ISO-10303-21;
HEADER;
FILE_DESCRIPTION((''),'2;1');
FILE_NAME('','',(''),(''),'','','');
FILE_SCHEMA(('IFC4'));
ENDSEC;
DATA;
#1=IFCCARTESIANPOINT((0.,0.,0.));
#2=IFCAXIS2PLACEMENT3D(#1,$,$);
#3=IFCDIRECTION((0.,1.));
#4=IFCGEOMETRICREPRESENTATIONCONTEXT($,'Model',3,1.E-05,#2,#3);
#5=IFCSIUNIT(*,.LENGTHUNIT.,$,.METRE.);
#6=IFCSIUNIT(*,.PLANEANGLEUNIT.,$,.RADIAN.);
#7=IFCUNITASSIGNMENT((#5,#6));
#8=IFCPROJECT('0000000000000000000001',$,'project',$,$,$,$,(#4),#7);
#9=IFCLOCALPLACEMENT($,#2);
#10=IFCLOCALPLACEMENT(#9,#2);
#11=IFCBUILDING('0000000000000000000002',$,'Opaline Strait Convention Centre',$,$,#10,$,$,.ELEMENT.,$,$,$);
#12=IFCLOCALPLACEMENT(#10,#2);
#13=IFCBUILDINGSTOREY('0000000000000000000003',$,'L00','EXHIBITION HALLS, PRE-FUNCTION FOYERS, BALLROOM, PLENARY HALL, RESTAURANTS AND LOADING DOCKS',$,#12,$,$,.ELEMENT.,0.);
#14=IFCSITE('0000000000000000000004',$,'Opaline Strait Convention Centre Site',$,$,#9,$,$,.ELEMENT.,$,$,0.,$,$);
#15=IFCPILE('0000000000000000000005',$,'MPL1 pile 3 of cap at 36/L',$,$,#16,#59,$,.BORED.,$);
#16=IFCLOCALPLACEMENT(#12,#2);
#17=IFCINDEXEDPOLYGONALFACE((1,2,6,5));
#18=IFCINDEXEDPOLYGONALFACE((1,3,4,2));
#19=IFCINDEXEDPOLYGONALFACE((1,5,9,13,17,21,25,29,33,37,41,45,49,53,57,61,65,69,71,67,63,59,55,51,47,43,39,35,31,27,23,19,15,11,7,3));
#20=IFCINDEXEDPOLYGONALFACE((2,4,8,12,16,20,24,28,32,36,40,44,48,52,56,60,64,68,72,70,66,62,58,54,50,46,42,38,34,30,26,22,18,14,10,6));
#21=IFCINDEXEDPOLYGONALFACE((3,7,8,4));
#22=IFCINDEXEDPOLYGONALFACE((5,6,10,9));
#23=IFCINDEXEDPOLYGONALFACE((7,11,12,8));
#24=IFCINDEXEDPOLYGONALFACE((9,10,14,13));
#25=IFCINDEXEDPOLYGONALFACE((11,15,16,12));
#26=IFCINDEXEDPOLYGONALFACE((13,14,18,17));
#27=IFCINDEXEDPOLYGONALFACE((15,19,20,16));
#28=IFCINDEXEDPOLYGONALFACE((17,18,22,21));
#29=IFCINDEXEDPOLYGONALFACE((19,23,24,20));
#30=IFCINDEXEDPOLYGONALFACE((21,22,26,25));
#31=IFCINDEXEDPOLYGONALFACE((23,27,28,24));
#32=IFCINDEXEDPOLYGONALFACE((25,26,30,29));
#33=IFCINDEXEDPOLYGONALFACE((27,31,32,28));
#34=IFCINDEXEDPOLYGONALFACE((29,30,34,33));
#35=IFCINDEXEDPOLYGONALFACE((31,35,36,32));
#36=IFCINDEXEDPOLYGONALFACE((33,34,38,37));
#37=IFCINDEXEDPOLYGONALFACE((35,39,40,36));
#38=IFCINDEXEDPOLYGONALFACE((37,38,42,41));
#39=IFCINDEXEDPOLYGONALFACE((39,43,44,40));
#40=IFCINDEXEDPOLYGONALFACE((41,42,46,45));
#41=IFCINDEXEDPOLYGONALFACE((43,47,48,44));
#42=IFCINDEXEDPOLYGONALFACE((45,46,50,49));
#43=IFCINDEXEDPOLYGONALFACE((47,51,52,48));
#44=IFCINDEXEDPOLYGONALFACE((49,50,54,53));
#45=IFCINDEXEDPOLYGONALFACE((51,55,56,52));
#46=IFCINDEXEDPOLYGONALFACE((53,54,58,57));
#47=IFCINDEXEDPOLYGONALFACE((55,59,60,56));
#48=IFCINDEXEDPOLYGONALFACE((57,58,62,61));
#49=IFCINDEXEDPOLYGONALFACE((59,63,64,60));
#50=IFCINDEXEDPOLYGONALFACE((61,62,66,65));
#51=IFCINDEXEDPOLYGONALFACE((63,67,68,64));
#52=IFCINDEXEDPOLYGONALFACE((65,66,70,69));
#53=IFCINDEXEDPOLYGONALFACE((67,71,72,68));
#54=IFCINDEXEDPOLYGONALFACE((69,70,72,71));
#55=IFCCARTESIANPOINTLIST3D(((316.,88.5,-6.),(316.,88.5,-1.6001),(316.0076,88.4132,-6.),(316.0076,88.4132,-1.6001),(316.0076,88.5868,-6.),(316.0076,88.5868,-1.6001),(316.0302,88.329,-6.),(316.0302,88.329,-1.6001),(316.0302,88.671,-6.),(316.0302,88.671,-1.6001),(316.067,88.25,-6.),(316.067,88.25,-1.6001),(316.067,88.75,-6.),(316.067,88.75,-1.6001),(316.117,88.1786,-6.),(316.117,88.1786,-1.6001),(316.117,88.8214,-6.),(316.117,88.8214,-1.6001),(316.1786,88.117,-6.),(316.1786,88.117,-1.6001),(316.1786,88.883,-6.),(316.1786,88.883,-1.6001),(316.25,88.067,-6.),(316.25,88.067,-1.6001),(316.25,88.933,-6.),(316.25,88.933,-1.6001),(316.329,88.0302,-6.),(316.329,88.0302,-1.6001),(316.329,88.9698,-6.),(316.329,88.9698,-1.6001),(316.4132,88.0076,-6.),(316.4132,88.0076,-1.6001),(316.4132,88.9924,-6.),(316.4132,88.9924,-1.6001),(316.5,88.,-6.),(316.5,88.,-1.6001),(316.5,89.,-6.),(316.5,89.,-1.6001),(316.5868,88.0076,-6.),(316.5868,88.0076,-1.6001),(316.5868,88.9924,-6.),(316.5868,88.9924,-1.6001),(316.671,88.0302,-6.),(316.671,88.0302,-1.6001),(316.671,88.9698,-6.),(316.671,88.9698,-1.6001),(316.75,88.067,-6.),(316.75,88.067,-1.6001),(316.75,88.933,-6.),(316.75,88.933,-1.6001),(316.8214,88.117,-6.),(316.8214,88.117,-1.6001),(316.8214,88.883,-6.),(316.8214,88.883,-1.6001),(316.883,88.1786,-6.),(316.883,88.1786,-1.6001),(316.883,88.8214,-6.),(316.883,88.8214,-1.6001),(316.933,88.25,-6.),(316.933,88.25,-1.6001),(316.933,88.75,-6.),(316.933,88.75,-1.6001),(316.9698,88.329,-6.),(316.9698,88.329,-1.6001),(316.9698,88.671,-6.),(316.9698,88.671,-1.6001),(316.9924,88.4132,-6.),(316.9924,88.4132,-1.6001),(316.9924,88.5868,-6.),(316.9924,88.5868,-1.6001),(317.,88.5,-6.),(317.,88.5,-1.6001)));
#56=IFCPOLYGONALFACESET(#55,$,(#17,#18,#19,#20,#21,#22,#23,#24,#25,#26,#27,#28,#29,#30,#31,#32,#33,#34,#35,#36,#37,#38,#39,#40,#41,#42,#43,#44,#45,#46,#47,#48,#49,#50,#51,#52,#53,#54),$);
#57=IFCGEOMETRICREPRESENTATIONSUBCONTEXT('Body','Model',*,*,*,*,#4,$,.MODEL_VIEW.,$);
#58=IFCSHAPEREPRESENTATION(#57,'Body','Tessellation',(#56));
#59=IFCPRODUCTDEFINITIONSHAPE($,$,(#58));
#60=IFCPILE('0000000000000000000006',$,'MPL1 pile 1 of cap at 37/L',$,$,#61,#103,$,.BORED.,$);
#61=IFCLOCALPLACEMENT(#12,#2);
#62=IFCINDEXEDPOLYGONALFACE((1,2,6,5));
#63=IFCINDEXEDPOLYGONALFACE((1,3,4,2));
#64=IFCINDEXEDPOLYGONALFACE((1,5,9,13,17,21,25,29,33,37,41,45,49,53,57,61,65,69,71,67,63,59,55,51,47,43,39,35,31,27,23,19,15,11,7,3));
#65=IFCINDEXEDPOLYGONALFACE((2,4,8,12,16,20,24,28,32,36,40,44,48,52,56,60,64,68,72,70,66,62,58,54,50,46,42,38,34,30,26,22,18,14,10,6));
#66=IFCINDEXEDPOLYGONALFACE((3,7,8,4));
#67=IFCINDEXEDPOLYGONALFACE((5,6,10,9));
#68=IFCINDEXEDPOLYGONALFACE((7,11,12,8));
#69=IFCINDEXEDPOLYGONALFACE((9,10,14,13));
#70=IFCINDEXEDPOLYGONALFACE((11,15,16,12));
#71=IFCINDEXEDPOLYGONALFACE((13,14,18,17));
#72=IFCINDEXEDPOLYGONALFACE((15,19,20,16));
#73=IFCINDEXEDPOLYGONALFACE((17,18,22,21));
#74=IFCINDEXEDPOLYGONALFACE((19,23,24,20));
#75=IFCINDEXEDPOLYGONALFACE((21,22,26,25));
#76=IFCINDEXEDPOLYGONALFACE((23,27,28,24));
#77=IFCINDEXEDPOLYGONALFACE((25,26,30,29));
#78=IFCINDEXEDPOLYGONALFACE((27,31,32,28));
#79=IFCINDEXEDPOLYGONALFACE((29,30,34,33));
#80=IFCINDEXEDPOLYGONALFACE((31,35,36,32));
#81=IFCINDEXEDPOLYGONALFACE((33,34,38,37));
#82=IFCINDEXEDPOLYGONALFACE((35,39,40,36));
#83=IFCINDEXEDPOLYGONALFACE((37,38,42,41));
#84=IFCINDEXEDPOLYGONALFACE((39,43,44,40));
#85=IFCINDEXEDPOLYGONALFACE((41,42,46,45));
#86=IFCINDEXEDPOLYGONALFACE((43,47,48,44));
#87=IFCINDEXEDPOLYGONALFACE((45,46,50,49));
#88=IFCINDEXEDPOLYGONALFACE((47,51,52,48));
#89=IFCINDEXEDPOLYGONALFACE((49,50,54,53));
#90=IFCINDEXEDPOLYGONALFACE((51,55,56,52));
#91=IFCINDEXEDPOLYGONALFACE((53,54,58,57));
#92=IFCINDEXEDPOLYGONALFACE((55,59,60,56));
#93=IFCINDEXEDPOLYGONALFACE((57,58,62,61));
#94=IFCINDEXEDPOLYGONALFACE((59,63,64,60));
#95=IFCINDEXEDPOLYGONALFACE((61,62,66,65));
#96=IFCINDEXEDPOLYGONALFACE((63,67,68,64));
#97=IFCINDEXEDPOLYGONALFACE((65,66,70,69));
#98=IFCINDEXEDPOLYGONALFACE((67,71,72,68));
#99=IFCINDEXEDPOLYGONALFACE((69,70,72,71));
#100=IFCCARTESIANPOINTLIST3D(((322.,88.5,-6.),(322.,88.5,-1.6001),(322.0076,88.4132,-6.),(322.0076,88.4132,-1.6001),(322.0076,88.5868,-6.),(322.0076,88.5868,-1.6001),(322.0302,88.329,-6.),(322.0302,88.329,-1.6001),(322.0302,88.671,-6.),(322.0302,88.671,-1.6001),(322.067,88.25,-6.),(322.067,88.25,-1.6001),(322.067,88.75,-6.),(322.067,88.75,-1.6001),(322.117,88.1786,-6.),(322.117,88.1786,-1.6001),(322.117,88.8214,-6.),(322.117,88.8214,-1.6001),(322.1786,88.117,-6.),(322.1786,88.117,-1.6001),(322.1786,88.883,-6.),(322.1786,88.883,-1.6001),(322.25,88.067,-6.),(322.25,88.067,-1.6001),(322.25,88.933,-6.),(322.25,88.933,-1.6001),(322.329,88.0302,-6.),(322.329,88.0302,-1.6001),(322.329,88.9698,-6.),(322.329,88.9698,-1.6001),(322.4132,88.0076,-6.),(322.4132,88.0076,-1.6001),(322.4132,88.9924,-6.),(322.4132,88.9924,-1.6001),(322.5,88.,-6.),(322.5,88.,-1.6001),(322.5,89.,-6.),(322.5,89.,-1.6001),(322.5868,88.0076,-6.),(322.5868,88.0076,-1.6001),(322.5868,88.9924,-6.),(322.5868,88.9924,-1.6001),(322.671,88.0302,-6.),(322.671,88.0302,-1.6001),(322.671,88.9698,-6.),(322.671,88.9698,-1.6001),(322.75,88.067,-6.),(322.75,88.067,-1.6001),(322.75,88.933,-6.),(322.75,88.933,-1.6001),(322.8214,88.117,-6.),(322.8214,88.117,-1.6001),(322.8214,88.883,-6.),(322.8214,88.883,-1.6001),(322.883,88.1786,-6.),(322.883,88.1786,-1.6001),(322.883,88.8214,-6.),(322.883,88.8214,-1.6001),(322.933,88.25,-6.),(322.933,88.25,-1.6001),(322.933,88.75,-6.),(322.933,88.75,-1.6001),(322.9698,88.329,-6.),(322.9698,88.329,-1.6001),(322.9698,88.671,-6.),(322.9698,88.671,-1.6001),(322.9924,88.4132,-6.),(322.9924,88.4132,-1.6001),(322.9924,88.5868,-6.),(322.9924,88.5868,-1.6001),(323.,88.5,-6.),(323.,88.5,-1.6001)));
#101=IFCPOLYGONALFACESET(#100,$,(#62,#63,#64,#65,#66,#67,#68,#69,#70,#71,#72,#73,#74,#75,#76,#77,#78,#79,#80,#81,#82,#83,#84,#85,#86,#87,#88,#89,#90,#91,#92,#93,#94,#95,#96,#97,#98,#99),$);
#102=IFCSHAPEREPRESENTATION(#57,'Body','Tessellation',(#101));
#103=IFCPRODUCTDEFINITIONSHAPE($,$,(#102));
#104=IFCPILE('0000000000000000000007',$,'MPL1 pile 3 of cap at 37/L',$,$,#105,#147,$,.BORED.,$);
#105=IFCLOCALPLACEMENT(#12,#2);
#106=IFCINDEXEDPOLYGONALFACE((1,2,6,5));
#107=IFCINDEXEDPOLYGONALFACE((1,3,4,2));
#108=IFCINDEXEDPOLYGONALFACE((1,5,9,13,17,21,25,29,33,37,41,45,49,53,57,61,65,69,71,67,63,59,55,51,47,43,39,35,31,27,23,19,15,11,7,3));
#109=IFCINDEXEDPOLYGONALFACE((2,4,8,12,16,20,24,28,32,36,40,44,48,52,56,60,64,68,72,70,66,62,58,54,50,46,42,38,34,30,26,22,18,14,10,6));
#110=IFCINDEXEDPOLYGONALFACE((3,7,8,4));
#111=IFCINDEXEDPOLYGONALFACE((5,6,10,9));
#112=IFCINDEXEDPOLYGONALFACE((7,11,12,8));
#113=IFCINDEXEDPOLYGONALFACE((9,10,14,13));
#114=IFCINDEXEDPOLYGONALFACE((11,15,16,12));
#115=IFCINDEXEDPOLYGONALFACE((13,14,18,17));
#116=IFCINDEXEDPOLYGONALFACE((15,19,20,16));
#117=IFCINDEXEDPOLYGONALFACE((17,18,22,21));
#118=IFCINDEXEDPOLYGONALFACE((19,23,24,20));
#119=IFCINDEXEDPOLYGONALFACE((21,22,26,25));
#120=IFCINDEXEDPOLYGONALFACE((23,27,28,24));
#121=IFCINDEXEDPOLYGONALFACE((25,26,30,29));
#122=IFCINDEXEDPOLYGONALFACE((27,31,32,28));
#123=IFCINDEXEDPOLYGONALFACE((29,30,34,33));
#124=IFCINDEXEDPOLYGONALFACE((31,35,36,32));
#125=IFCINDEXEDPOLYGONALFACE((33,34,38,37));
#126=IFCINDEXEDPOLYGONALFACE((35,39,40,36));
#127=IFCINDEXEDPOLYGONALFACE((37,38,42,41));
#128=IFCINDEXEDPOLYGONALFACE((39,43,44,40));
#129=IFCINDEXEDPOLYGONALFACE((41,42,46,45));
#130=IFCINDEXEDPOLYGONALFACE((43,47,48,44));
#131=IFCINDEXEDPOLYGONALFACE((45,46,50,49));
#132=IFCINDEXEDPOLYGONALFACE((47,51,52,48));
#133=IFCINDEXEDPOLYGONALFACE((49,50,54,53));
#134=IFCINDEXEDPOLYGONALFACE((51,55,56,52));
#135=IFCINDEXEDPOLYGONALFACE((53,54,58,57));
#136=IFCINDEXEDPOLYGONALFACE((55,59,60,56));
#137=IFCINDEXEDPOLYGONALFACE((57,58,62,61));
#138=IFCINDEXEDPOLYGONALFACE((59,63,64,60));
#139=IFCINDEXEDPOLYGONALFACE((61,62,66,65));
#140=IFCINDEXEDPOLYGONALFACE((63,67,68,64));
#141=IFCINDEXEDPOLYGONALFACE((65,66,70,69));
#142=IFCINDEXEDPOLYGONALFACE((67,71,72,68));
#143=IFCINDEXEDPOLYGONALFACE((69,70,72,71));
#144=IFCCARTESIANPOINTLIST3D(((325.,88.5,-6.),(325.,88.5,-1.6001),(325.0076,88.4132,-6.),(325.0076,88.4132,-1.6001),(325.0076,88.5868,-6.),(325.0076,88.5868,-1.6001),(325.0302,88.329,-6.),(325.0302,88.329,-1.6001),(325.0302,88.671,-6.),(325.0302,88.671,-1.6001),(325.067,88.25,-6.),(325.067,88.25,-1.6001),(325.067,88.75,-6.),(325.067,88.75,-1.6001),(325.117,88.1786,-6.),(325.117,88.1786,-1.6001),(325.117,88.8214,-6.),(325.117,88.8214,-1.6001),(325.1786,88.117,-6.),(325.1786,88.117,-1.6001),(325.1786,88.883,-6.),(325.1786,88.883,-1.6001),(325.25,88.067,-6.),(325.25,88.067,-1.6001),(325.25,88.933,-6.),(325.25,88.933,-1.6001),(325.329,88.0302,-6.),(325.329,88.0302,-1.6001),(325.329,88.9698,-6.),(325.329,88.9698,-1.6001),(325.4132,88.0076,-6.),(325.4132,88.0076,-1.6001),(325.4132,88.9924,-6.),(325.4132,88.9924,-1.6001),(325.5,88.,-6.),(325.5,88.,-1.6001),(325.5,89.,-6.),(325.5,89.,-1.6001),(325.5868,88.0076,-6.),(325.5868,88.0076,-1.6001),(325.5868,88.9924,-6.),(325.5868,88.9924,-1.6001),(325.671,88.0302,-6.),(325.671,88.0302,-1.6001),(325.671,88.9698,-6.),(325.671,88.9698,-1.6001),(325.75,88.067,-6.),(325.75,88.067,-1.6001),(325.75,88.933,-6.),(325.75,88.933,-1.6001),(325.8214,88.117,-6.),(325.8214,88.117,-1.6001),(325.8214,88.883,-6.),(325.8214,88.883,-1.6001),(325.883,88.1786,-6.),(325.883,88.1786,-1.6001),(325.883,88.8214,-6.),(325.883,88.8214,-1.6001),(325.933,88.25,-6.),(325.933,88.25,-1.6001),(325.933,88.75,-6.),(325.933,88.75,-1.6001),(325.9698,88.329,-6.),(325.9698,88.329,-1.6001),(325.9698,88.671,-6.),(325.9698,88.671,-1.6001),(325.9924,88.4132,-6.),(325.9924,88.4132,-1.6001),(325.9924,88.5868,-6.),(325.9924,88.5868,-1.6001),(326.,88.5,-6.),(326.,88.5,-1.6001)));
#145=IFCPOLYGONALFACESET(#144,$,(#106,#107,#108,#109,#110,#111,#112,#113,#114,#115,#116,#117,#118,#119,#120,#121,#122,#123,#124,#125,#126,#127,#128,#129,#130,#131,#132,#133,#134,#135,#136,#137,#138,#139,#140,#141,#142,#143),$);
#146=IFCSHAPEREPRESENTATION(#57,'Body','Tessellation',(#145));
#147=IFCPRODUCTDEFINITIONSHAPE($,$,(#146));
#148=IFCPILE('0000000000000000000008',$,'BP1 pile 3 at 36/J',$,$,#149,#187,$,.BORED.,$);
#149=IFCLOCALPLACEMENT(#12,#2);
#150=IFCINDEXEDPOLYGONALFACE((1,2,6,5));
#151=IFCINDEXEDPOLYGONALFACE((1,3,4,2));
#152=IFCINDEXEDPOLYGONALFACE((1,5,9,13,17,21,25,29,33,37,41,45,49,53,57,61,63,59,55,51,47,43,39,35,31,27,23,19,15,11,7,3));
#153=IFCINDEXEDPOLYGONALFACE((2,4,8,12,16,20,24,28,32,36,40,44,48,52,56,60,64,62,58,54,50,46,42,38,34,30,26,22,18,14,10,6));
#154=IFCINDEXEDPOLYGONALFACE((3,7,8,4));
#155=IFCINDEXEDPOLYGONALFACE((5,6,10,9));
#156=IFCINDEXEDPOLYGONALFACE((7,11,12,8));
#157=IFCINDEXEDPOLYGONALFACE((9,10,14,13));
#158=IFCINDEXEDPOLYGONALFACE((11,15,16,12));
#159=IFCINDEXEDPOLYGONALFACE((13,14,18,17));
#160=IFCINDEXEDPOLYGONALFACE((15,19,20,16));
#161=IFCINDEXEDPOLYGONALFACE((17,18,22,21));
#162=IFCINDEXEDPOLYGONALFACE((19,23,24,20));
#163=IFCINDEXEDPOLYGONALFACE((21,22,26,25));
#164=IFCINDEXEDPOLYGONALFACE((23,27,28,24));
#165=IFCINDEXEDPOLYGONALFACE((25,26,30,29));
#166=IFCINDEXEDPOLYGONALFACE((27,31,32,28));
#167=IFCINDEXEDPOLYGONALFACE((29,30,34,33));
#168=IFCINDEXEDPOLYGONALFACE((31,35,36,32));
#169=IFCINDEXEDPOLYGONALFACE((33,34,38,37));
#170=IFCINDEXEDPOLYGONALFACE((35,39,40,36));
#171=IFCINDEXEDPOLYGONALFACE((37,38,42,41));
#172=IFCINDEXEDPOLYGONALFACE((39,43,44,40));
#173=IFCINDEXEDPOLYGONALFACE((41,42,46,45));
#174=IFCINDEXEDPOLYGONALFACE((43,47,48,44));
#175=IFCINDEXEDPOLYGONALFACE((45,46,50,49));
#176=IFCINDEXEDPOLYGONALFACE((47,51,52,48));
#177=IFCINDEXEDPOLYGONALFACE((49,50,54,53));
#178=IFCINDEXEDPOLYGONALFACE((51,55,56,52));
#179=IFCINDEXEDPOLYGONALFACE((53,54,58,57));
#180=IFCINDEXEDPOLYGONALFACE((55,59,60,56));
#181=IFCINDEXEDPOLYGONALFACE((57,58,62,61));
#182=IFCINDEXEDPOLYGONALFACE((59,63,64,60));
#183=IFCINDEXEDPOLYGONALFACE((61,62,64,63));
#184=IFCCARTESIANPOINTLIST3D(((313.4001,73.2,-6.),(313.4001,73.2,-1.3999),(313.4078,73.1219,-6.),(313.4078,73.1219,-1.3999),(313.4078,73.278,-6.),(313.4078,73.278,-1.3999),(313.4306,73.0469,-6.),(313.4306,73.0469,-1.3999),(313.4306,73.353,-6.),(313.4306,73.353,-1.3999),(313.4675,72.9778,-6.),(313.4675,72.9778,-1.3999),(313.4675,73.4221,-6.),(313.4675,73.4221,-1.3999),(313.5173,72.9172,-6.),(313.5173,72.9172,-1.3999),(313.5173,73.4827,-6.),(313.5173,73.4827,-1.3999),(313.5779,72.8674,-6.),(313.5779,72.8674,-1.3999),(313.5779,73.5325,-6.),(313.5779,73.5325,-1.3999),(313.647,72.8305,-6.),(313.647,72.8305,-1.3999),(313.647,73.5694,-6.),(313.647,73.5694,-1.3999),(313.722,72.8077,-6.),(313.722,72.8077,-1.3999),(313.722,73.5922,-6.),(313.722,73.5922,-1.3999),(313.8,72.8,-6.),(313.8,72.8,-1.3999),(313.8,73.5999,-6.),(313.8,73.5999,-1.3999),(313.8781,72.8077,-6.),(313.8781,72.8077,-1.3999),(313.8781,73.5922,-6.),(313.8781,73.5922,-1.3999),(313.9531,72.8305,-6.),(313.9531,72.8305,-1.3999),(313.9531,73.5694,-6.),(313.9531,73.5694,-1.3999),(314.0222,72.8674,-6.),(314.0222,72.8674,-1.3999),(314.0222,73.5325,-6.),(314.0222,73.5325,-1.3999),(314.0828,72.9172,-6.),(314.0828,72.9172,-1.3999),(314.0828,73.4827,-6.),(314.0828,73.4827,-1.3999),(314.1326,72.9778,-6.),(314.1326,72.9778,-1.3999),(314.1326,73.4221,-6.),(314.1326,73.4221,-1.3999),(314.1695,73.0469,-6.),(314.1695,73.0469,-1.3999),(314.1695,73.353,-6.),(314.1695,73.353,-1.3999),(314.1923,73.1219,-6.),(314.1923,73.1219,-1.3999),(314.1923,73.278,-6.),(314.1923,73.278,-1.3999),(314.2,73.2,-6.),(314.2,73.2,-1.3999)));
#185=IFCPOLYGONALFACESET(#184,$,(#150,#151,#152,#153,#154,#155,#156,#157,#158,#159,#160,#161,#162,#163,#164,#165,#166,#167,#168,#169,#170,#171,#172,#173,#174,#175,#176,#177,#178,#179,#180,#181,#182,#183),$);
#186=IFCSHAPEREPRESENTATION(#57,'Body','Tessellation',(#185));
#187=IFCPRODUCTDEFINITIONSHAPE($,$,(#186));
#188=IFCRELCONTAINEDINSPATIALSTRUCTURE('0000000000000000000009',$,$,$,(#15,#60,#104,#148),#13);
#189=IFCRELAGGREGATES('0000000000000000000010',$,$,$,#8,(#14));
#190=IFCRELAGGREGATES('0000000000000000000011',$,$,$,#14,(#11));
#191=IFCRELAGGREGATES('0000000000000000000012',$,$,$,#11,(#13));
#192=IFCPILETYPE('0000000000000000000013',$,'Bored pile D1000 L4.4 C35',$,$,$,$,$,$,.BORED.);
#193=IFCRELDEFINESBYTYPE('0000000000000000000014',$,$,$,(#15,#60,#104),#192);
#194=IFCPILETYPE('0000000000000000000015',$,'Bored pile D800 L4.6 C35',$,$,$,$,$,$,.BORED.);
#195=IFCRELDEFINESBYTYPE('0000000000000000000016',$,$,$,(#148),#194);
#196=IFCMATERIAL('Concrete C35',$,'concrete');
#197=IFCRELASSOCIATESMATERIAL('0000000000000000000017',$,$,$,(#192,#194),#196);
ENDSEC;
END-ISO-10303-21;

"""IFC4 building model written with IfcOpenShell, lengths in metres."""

from ifc_helpers import new_model, si_unit, direction, frame, origin, origin_2d, place, context, subcontext, project, spatial, circle, extrude, material, material_profile, profile_set, type_object, element, save


model = new_model("IFC4")

# Units and contexts
model_context = context("Model", 3, precision=1e-05, world=origin(), true_north=direction((0.0, 1.0)))
body_context = subcontext(model_context, "Body", "Model", "MODEL_VIEW")
ifc_project = project(units=[si_unit("LENGTHUNIT", "METRE"), si_unit("PLANEANGLEUNIT", "RADIAN")], contexts=[model_context])

# Site, building, storey
site_placement = place(None, origin())
site = spatial("IfcSite", under=ifc_project, at=site_placement, Name="Opaline Strait Convention Centre Site", CompositionType="ELEMENT", RefElevation=0.0)
building_placement = place(site_placement, origin())
building = spatial("IfcBuilding", under=site, at=building_placement, Name="Opaline Strait Convention Centre", CompositionType="ELEMENT")
storey_placement = place(building_placement, origin())
storey = spatial("IfcBuildingStorey", under=building, at=storey_placement, Name="L00", Description="EXHIBITION HALLS, PRE-FUNCTION FOYERS, BALLROOM, PLENARY HALL, RESTAURANTS AND LOADING DOCKS", CompositionType="ELEMENT", Elevation=0.0)

# Piles
ifc_material_1 = material(Name="Concrete C35", Category="concrete")
ifc_material_profile_1 = material_profile(ifc_material_1, circle(Radius=0.5, at=origin_2d()), Name="D1000")
ifc_profile_set_1 = profile_set([ifc_material_profile_1], Name="Concrete C35")
pile_type_1 = type_object("IfcPileType", Name="Bored pile D1000 L4.4 C35", PredefinedType="BORED", material=ifc_profile_set_1)
for number, where, z_axis, x_axis, name in (
    (1, (316.5, 88.5, -1.6001), (0.0, 0.0, -1.0), (1.0, 0.0, 0.0), "MPL1 pile 3 of cap at 36/L"),
    (2, (322.5, 88.5, -1.6001), (0.0, 0.0, -1.0), (1.0, 0.0, 0.0), "MPL1 pile 1 of cap at 37/L"),
    (3, (325.5, 88.5, -1.6001), (0.0, 0.0, -1.0), (1.0, 0.0, 0.0), "MPL1 pile 3 of cap at 37/L"),
):
    element("IfcPile", number, at=place(storey_placement, frame(where, z_axis=z_axis, x_axis=x_axis)), inside=storey, type_object=pile_type_1, Name=name, PredefinedType="BORED", context=body_context, shape_type="SweptSolid", body=[
        extrude(circle(Radius=0.5, at=origin_2d()), origin(), (0.0, 0.0, 1.0), 4.3999),
    ])
ifc_material_profile_2 = material_profile(ifc_material_1, circle(Radius=0.3999, at=origin_2d()), Name="D800")
ifc_profile_set_2 = profile_set([ifc_material_profile_2], Name="Concrete C35")
pile_type_2 = type_object("IfcPileType", Name="Bored pile D800 L4.6 C35", PredefinedType="BORED", material=ifc_profile_set_2)
for number, where, z_axis, x_axis, name in (
    (4, (313.8, 73.2, -1.3999), (0.0, 0.0, -1.0), (1.0, 0.0, 0.0), "BP1 pile 3 at 36/J"),
):
    element("IfcPile", number, at=place(storey_placement, frame(where, z_axis=z_axis, x_axis=x_axis)), inside=storey, type_object=pile_type_2, Name=name, PredefinedType="BORED", context=body_context, shape_type="SweptSolid", body=[
        extrude(circle(Radius=0.3999, at=origin_2d()), origin(), (0.0, 0.0, 1.0), 4.6001),
    ])

save(model, "model.ifc")
